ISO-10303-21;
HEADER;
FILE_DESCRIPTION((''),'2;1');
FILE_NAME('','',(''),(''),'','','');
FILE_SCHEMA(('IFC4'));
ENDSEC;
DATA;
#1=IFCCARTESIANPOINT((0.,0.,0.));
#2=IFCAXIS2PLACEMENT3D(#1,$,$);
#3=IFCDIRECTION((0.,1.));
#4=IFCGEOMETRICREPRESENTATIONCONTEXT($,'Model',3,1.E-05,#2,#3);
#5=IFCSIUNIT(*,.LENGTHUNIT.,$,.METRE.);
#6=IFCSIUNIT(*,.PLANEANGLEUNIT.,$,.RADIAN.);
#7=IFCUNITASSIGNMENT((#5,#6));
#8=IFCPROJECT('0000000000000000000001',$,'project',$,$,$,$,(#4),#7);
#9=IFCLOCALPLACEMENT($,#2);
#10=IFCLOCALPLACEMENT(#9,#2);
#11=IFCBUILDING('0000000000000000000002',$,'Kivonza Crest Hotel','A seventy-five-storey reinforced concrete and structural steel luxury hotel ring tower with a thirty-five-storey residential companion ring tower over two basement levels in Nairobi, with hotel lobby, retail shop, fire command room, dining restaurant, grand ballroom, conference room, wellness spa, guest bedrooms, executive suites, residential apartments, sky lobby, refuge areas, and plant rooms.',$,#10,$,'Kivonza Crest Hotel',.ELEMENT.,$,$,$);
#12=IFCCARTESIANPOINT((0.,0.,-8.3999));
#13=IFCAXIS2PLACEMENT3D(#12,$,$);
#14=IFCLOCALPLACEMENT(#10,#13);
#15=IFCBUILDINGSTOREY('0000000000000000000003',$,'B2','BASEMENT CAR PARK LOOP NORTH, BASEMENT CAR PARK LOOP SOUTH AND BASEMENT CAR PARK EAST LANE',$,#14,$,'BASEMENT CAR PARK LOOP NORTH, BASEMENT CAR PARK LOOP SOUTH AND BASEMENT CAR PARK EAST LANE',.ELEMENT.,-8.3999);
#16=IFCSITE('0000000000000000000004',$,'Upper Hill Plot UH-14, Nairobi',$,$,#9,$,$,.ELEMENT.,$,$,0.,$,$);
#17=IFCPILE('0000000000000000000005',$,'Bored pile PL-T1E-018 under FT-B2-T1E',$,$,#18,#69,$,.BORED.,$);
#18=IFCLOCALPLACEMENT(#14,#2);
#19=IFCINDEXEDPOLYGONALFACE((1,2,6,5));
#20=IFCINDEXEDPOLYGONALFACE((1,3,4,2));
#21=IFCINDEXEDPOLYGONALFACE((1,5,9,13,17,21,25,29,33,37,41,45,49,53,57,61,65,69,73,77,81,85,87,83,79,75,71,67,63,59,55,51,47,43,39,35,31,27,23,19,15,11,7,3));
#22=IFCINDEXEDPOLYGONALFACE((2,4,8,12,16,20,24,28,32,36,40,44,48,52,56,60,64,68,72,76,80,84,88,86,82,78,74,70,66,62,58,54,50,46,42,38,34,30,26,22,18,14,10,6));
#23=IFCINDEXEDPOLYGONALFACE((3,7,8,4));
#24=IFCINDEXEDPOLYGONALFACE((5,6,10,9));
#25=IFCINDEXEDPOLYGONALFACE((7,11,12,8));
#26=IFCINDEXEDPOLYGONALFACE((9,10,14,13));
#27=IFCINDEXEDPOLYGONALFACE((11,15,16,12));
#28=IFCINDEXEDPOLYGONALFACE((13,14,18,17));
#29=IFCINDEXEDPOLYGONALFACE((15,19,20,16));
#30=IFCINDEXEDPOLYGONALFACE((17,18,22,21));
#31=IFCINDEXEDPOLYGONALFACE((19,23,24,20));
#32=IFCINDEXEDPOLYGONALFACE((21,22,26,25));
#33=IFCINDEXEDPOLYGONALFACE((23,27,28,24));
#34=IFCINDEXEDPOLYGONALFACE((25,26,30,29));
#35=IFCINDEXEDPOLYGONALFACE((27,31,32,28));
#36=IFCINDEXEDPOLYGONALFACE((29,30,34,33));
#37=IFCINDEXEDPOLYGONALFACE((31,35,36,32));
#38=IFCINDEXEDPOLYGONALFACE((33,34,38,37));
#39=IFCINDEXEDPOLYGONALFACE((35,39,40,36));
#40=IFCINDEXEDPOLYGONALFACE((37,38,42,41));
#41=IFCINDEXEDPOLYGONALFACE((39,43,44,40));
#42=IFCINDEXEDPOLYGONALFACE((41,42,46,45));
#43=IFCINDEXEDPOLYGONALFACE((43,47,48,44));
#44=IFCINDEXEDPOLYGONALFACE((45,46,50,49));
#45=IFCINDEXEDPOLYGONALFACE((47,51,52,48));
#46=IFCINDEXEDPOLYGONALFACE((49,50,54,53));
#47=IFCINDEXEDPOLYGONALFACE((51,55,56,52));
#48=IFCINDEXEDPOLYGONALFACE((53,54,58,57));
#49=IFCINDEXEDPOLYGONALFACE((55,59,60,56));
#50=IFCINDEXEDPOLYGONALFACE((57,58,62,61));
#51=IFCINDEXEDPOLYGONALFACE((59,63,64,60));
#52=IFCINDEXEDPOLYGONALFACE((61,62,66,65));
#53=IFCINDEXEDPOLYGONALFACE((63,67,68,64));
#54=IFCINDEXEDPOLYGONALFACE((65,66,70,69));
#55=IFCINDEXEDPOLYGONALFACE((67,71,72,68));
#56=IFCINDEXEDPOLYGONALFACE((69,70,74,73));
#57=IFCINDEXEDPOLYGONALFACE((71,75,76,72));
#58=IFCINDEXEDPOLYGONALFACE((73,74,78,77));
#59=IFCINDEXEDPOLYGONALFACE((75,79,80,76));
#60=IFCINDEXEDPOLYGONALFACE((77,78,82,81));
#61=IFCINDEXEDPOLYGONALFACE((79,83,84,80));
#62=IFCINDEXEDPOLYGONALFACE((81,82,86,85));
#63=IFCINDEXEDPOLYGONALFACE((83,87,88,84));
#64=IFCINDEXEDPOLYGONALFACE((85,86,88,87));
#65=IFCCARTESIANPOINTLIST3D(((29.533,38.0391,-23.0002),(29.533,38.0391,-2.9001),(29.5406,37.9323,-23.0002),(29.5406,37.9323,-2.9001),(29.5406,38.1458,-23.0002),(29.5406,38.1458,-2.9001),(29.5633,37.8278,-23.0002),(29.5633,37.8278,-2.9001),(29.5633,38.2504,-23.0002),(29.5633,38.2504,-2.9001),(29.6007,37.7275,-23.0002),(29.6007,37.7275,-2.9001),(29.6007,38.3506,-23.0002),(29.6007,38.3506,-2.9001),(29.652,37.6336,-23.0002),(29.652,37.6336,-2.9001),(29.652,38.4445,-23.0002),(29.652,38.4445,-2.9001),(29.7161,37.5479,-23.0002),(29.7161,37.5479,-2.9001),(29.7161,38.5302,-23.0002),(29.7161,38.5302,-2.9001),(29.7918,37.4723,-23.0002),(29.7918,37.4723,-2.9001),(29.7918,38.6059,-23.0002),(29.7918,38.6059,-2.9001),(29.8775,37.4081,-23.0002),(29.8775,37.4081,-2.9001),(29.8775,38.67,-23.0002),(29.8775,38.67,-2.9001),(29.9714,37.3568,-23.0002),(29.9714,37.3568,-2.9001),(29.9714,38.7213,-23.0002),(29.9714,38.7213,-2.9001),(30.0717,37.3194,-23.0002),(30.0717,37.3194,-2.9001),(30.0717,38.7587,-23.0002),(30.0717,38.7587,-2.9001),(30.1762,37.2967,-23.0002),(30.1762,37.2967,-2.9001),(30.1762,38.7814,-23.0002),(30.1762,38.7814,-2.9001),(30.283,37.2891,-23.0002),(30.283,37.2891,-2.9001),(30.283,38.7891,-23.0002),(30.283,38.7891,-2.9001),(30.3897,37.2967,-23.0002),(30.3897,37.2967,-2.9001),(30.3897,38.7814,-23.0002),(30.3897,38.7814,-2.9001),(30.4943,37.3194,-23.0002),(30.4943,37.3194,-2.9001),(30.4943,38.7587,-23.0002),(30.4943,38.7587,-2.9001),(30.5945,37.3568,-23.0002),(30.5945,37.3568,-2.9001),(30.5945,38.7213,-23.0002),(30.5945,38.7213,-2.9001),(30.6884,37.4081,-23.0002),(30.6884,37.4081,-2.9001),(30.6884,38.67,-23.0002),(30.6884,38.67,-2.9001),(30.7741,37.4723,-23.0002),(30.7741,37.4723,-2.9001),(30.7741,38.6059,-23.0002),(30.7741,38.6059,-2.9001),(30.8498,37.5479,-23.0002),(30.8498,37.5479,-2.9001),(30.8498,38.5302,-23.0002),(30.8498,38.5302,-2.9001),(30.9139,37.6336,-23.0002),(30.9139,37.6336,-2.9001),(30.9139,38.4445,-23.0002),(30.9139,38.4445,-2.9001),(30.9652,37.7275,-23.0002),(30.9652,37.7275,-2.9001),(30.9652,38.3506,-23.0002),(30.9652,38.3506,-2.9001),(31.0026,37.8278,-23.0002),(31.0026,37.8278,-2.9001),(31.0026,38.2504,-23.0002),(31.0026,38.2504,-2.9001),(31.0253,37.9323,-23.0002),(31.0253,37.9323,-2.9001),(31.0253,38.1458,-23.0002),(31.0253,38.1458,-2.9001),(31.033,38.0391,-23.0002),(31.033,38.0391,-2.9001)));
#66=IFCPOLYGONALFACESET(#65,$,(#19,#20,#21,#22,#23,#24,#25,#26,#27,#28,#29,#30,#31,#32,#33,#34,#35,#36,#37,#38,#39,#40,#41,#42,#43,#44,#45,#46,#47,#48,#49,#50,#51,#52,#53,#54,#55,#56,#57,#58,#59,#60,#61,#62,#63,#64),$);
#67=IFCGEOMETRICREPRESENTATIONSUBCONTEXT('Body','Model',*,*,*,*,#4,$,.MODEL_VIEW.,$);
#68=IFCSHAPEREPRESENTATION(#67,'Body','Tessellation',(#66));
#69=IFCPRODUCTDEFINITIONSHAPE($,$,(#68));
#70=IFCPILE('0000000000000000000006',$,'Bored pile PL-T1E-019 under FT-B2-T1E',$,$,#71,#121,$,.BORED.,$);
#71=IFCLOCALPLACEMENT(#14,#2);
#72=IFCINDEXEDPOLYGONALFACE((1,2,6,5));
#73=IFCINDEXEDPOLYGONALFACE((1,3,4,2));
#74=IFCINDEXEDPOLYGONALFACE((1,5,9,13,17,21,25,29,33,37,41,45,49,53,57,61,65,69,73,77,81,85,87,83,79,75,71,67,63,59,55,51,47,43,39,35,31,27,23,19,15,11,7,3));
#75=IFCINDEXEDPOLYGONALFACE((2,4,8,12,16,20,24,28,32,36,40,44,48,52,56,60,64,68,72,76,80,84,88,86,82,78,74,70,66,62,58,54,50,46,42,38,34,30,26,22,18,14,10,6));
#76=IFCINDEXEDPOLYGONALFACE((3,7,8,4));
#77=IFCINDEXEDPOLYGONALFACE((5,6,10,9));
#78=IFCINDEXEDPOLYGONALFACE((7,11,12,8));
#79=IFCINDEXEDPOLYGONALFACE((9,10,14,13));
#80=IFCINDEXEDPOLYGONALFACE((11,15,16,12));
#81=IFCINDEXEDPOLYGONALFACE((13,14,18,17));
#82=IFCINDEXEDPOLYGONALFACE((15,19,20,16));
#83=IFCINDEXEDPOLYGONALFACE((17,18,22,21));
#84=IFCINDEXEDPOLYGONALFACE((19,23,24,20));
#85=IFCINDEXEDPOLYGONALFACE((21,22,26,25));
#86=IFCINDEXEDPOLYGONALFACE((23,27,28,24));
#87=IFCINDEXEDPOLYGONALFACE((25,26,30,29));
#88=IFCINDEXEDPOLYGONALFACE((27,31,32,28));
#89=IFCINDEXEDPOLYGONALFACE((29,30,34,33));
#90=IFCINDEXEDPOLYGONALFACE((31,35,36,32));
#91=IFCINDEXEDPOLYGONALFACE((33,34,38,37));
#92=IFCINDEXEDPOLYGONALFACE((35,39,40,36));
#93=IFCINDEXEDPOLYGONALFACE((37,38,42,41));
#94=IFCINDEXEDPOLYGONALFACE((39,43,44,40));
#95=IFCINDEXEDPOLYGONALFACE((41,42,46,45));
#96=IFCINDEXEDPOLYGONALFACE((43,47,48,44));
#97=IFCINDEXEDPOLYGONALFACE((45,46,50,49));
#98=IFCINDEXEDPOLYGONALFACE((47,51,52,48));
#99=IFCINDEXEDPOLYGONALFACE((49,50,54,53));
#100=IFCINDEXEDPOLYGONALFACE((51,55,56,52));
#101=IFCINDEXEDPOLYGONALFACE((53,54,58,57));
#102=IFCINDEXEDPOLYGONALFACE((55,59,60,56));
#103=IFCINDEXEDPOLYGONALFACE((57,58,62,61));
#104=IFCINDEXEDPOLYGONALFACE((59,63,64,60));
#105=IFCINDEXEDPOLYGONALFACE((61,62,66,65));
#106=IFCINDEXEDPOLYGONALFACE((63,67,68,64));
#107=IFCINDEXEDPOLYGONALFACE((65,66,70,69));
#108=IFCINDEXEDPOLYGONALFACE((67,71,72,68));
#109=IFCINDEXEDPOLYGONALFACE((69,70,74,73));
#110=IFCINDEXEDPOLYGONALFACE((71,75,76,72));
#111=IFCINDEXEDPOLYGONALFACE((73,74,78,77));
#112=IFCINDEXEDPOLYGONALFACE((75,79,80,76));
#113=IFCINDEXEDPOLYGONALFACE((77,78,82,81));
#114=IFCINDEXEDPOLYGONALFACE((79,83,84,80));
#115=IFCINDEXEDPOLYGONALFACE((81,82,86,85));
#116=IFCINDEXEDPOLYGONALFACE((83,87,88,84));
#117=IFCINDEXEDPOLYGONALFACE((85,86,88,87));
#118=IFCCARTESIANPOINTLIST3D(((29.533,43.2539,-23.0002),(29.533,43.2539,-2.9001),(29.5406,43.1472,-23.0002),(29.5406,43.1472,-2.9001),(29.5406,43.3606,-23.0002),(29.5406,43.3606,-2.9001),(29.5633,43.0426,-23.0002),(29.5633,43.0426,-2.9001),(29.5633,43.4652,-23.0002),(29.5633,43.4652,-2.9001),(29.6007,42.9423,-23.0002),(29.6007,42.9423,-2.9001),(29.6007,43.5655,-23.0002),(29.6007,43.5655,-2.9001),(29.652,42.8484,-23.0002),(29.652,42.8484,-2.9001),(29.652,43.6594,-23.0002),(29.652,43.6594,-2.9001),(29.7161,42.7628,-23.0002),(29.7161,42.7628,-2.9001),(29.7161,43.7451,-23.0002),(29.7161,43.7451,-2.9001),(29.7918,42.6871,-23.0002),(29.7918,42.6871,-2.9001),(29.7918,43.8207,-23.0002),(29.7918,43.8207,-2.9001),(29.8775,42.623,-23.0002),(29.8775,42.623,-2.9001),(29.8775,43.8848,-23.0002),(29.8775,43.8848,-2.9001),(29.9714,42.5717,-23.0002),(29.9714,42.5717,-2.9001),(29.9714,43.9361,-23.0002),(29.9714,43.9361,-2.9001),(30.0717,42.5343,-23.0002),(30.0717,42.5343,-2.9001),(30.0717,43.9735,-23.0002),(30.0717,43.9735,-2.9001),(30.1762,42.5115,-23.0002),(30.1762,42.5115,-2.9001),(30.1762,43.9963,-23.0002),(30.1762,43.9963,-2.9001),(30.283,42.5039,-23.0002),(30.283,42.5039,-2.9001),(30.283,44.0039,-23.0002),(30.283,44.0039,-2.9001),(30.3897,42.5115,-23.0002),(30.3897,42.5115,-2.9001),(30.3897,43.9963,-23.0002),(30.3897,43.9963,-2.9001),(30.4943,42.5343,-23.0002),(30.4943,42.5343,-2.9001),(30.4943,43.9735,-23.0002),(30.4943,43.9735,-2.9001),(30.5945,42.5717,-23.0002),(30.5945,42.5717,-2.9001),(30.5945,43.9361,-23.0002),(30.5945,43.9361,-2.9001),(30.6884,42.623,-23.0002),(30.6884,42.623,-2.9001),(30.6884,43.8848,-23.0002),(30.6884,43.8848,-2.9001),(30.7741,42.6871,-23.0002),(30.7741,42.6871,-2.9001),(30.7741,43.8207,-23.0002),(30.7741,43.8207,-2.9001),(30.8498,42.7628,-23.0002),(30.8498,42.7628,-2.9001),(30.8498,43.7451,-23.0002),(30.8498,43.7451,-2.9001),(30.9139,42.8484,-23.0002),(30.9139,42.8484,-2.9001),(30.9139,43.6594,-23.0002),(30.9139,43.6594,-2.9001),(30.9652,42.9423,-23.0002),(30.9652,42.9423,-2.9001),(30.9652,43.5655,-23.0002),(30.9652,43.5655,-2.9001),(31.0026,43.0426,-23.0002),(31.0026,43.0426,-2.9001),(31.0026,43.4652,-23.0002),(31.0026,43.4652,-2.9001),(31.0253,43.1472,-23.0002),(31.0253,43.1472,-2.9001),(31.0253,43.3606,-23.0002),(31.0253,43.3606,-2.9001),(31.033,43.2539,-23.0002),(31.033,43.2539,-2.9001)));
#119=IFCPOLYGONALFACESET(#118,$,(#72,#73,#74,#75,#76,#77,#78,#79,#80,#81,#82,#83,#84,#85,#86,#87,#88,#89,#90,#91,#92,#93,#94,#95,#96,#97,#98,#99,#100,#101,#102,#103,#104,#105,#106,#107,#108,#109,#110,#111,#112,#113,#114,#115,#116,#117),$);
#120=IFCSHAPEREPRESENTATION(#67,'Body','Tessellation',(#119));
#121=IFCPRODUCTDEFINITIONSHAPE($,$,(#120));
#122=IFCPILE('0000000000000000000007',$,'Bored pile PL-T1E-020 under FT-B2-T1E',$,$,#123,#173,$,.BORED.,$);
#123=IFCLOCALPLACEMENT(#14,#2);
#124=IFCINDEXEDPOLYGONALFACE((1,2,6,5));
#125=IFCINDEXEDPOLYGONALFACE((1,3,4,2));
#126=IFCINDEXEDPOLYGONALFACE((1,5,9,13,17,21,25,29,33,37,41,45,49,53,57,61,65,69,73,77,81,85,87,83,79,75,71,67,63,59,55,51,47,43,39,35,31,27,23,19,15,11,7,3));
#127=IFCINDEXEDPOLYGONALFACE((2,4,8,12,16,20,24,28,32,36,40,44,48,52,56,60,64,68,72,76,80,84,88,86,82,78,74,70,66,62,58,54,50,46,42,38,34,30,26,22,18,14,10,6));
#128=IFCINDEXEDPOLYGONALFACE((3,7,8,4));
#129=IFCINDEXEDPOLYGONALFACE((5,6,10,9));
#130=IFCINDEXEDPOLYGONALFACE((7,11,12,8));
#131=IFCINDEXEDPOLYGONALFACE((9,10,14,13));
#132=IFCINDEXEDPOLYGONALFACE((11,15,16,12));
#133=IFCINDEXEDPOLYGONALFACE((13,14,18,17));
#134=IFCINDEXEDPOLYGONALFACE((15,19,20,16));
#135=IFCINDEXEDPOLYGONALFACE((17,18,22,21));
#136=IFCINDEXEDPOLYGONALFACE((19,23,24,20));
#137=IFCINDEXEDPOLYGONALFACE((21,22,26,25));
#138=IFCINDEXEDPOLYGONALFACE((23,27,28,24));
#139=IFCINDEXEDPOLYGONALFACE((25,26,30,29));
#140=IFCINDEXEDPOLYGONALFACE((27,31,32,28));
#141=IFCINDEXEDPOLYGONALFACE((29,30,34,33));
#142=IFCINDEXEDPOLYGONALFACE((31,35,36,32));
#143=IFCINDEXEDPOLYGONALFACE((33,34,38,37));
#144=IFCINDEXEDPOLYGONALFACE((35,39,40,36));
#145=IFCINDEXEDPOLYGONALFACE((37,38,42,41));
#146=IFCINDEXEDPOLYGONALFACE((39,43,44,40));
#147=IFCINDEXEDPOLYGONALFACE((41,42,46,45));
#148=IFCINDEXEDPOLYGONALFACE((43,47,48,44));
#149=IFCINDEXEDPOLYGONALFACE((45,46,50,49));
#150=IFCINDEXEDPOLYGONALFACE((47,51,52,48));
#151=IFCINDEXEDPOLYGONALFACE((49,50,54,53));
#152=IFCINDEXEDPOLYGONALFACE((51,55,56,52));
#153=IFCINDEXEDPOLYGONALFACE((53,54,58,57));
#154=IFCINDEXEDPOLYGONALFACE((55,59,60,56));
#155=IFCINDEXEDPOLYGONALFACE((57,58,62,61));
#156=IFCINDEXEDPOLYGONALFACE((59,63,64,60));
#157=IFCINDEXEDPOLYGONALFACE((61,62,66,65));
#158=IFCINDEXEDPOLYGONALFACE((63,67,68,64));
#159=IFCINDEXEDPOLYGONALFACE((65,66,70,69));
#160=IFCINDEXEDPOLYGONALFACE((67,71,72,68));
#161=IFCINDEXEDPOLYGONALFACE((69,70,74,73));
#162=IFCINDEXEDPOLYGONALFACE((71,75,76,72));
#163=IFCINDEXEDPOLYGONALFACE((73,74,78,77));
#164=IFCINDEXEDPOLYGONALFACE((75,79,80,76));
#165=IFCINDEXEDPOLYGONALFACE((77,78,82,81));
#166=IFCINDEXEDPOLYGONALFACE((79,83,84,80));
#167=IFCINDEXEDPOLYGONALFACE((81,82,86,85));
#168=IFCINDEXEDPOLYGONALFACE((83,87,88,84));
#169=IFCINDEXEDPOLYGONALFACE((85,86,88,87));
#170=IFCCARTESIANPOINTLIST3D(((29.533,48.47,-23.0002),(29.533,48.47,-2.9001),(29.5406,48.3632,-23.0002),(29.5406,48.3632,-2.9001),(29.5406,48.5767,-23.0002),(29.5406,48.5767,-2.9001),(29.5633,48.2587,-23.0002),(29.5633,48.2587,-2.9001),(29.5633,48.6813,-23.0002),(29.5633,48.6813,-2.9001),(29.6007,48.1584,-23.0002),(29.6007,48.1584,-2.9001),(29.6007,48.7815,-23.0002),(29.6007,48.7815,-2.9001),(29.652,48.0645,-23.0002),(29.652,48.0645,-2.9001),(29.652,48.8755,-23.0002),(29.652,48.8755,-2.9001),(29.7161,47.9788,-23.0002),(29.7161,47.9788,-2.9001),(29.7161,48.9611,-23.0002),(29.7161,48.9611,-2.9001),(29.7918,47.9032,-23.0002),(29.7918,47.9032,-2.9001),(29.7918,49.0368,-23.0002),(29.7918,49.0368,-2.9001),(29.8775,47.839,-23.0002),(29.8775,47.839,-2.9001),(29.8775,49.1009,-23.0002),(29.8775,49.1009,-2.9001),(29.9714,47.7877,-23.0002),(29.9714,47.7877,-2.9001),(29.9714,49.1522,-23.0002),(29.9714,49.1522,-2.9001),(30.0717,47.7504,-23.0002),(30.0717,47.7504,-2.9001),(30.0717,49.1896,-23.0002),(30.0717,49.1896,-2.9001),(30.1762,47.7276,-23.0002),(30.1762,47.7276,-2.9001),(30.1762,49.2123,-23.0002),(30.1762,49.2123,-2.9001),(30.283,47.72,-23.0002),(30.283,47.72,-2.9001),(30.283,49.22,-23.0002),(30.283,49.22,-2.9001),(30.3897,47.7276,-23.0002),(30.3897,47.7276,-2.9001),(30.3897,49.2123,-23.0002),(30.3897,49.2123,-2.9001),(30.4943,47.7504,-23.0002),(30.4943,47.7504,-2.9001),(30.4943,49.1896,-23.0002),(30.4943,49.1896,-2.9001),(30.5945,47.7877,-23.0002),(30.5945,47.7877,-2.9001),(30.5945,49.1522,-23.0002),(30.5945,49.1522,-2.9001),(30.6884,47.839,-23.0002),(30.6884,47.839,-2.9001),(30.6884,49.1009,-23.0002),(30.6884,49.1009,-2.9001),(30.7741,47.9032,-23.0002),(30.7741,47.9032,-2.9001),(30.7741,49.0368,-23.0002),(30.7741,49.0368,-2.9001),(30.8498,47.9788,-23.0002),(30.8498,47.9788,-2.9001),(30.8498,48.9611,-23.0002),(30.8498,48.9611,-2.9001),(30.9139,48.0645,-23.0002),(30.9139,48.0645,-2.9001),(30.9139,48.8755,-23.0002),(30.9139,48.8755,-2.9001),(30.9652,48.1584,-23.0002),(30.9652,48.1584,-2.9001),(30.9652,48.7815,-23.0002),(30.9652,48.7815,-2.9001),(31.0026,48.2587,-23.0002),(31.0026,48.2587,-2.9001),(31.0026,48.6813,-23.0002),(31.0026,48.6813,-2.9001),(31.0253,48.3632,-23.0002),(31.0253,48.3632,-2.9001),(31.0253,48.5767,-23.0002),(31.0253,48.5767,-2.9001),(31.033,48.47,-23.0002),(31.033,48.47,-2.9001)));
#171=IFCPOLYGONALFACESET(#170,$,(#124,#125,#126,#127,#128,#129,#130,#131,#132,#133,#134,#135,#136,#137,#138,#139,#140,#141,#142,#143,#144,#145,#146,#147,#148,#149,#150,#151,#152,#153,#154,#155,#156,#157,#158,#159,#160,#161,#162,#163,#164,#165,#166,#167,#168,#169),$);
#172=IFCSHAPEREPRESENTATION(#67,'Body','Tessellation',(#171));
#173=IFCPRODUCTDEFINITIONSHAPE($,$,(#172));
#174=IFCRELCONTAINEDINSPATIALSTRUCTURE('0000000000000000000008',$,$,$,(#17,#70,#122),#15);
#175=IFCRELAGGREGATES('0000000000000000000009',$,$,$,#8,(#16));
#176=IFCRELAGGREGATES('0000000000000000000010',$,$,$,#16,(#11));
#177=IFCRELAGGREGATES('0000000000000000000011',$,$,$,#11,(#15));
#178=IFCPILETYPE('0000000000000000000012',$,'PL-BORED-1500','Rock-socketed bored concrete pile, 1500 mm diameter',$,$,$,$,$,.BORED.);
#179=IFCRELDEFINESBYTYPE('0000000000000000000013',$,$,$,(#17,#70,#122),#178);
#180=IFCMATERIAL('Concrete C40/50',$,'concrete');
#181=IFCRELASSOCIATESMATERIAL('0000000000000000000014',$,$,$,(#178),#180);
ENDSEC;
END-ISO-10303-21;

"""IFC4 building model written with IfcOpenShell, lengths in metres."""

from ifc_helpers import new_model, si_unit, direction, frame, origin, origin_2d, place, context, subcontext, project, spatial, circle, extrude, material, material_profile, profile_set, type_object, element, save


model = new_model("IFC4")

# Units and contexts
model_context = context("Model", 3, precision=1e-05, world=origin(), true_north=direction((0.0, 1.0)))
body_context = subcontext(model_context, "Body", "Model", "MODEL_VIEW")
ifc_project = project(units=[si_unit("LENGTHUNIT", "METRE"), si_unit("PLANEANGLEUNIT", "RADIAN")], contexts=[model_context])

# Site, building, storey
site_placement = place(None, origin())
site = spatial("IfcSite", under=ifc_project, at=site_placement, Name="Upper Hill Plot UH-14, Nairobi", CompositionType="ELEMENT", RefElevation=0.0)
building_placement = place(site_placement, origin())
building = spatial("IfcBuilding", under=site, at=building_placement, Name="Kivonza Crest Hotel", Description="A seventy-five-storey reinforced concrete and structural steel luxury hotel ring tower with a thirty-five-storey residential companion ring tower over two basement levels in Nairobi, with hotel lobby, retail shop, fire command room, dining restaurant, grand ballroom, conference room, wellness spa, guest bedrooms, executive suites, residential apartments, sky lobby, refuge areas, and plant rooms.", LongName="Kivonza Crest Hotel", CompositionType="ELEMENT")
storey_placement = place(building_placement, frame((0.0, 0.0, -8.3999)))
storey = spatial("IfcBuildingStorey", under=building, at=storey_placement, Name="B2", Description="BASEMENT CAR PARK LOOP NORTH, BASEMENT CAR PARK LOOP SOUTH AND BASEMENT CAR PARK EAST LANE", LongName="BASEMENT CAR PARK LOOP NORTH, BASEMENT CAR PARK LOOP SOUTH AND BASEMENT CAR PARK EAST LANE", CompositionType="ELEMENT", Elevation=-8.3999)

# Piles
ifc_material_1 = material(Name="Concrete C40/50", Category="concrete")
ifc_material_profile_1 = material_profile(ifc_material_1, circle(Radius=0.75, at=origin_2d()), Name="PILE D1500")
ifc_profile_set_1 = profile_set([ifc_material_profile_1], Name="Concrete C40/50")
pile_type = type_object("IfcPileType", Name="PL-BORED-1500", Description="Rock-socketed bored concrete pile, 1500 mm diameter", PredefinedType="BORED", material=ifc_profile_set_1)
for number, where, z_axis, x_axis, name in (
    (1, (30.283, 38.0391, -2.9001), (0.0, 0.0, -1.0), (1.0, 0.0, 0.0), "Bored pile PL-T1E-018 under FT-B2-T1E"),
    (2, (30.283, 43.2539, -2.9001), (0.0, 0.0, -1.0), (1.0, 0.0, 0.0), "Bored pile PL-T1E-019 under FT-B2-T1E"),
    (3, (30.283, 48.47, -2.9001), (0.0, 0.0, -1.0), (1.0, 0.0, 0.0), "Bored pile PL-T1E-020 under FT-B2-T1E"),
):
    element("IfcPile", number, at=place(storey_placement, frame(where, z_axis=z_axis, x_axis=x_axis)), inside=storey, type_object=pile_type, Name=name, PredefinedType="BORED", context=body_context, shape_type="SweptSolid", body=[
        extrude(circle(Radius=0.75, at=origin_2d()), origin(), (0.0, 0.0, 1.0), 20.1001),
    ])

save(model, "model.ifc")
